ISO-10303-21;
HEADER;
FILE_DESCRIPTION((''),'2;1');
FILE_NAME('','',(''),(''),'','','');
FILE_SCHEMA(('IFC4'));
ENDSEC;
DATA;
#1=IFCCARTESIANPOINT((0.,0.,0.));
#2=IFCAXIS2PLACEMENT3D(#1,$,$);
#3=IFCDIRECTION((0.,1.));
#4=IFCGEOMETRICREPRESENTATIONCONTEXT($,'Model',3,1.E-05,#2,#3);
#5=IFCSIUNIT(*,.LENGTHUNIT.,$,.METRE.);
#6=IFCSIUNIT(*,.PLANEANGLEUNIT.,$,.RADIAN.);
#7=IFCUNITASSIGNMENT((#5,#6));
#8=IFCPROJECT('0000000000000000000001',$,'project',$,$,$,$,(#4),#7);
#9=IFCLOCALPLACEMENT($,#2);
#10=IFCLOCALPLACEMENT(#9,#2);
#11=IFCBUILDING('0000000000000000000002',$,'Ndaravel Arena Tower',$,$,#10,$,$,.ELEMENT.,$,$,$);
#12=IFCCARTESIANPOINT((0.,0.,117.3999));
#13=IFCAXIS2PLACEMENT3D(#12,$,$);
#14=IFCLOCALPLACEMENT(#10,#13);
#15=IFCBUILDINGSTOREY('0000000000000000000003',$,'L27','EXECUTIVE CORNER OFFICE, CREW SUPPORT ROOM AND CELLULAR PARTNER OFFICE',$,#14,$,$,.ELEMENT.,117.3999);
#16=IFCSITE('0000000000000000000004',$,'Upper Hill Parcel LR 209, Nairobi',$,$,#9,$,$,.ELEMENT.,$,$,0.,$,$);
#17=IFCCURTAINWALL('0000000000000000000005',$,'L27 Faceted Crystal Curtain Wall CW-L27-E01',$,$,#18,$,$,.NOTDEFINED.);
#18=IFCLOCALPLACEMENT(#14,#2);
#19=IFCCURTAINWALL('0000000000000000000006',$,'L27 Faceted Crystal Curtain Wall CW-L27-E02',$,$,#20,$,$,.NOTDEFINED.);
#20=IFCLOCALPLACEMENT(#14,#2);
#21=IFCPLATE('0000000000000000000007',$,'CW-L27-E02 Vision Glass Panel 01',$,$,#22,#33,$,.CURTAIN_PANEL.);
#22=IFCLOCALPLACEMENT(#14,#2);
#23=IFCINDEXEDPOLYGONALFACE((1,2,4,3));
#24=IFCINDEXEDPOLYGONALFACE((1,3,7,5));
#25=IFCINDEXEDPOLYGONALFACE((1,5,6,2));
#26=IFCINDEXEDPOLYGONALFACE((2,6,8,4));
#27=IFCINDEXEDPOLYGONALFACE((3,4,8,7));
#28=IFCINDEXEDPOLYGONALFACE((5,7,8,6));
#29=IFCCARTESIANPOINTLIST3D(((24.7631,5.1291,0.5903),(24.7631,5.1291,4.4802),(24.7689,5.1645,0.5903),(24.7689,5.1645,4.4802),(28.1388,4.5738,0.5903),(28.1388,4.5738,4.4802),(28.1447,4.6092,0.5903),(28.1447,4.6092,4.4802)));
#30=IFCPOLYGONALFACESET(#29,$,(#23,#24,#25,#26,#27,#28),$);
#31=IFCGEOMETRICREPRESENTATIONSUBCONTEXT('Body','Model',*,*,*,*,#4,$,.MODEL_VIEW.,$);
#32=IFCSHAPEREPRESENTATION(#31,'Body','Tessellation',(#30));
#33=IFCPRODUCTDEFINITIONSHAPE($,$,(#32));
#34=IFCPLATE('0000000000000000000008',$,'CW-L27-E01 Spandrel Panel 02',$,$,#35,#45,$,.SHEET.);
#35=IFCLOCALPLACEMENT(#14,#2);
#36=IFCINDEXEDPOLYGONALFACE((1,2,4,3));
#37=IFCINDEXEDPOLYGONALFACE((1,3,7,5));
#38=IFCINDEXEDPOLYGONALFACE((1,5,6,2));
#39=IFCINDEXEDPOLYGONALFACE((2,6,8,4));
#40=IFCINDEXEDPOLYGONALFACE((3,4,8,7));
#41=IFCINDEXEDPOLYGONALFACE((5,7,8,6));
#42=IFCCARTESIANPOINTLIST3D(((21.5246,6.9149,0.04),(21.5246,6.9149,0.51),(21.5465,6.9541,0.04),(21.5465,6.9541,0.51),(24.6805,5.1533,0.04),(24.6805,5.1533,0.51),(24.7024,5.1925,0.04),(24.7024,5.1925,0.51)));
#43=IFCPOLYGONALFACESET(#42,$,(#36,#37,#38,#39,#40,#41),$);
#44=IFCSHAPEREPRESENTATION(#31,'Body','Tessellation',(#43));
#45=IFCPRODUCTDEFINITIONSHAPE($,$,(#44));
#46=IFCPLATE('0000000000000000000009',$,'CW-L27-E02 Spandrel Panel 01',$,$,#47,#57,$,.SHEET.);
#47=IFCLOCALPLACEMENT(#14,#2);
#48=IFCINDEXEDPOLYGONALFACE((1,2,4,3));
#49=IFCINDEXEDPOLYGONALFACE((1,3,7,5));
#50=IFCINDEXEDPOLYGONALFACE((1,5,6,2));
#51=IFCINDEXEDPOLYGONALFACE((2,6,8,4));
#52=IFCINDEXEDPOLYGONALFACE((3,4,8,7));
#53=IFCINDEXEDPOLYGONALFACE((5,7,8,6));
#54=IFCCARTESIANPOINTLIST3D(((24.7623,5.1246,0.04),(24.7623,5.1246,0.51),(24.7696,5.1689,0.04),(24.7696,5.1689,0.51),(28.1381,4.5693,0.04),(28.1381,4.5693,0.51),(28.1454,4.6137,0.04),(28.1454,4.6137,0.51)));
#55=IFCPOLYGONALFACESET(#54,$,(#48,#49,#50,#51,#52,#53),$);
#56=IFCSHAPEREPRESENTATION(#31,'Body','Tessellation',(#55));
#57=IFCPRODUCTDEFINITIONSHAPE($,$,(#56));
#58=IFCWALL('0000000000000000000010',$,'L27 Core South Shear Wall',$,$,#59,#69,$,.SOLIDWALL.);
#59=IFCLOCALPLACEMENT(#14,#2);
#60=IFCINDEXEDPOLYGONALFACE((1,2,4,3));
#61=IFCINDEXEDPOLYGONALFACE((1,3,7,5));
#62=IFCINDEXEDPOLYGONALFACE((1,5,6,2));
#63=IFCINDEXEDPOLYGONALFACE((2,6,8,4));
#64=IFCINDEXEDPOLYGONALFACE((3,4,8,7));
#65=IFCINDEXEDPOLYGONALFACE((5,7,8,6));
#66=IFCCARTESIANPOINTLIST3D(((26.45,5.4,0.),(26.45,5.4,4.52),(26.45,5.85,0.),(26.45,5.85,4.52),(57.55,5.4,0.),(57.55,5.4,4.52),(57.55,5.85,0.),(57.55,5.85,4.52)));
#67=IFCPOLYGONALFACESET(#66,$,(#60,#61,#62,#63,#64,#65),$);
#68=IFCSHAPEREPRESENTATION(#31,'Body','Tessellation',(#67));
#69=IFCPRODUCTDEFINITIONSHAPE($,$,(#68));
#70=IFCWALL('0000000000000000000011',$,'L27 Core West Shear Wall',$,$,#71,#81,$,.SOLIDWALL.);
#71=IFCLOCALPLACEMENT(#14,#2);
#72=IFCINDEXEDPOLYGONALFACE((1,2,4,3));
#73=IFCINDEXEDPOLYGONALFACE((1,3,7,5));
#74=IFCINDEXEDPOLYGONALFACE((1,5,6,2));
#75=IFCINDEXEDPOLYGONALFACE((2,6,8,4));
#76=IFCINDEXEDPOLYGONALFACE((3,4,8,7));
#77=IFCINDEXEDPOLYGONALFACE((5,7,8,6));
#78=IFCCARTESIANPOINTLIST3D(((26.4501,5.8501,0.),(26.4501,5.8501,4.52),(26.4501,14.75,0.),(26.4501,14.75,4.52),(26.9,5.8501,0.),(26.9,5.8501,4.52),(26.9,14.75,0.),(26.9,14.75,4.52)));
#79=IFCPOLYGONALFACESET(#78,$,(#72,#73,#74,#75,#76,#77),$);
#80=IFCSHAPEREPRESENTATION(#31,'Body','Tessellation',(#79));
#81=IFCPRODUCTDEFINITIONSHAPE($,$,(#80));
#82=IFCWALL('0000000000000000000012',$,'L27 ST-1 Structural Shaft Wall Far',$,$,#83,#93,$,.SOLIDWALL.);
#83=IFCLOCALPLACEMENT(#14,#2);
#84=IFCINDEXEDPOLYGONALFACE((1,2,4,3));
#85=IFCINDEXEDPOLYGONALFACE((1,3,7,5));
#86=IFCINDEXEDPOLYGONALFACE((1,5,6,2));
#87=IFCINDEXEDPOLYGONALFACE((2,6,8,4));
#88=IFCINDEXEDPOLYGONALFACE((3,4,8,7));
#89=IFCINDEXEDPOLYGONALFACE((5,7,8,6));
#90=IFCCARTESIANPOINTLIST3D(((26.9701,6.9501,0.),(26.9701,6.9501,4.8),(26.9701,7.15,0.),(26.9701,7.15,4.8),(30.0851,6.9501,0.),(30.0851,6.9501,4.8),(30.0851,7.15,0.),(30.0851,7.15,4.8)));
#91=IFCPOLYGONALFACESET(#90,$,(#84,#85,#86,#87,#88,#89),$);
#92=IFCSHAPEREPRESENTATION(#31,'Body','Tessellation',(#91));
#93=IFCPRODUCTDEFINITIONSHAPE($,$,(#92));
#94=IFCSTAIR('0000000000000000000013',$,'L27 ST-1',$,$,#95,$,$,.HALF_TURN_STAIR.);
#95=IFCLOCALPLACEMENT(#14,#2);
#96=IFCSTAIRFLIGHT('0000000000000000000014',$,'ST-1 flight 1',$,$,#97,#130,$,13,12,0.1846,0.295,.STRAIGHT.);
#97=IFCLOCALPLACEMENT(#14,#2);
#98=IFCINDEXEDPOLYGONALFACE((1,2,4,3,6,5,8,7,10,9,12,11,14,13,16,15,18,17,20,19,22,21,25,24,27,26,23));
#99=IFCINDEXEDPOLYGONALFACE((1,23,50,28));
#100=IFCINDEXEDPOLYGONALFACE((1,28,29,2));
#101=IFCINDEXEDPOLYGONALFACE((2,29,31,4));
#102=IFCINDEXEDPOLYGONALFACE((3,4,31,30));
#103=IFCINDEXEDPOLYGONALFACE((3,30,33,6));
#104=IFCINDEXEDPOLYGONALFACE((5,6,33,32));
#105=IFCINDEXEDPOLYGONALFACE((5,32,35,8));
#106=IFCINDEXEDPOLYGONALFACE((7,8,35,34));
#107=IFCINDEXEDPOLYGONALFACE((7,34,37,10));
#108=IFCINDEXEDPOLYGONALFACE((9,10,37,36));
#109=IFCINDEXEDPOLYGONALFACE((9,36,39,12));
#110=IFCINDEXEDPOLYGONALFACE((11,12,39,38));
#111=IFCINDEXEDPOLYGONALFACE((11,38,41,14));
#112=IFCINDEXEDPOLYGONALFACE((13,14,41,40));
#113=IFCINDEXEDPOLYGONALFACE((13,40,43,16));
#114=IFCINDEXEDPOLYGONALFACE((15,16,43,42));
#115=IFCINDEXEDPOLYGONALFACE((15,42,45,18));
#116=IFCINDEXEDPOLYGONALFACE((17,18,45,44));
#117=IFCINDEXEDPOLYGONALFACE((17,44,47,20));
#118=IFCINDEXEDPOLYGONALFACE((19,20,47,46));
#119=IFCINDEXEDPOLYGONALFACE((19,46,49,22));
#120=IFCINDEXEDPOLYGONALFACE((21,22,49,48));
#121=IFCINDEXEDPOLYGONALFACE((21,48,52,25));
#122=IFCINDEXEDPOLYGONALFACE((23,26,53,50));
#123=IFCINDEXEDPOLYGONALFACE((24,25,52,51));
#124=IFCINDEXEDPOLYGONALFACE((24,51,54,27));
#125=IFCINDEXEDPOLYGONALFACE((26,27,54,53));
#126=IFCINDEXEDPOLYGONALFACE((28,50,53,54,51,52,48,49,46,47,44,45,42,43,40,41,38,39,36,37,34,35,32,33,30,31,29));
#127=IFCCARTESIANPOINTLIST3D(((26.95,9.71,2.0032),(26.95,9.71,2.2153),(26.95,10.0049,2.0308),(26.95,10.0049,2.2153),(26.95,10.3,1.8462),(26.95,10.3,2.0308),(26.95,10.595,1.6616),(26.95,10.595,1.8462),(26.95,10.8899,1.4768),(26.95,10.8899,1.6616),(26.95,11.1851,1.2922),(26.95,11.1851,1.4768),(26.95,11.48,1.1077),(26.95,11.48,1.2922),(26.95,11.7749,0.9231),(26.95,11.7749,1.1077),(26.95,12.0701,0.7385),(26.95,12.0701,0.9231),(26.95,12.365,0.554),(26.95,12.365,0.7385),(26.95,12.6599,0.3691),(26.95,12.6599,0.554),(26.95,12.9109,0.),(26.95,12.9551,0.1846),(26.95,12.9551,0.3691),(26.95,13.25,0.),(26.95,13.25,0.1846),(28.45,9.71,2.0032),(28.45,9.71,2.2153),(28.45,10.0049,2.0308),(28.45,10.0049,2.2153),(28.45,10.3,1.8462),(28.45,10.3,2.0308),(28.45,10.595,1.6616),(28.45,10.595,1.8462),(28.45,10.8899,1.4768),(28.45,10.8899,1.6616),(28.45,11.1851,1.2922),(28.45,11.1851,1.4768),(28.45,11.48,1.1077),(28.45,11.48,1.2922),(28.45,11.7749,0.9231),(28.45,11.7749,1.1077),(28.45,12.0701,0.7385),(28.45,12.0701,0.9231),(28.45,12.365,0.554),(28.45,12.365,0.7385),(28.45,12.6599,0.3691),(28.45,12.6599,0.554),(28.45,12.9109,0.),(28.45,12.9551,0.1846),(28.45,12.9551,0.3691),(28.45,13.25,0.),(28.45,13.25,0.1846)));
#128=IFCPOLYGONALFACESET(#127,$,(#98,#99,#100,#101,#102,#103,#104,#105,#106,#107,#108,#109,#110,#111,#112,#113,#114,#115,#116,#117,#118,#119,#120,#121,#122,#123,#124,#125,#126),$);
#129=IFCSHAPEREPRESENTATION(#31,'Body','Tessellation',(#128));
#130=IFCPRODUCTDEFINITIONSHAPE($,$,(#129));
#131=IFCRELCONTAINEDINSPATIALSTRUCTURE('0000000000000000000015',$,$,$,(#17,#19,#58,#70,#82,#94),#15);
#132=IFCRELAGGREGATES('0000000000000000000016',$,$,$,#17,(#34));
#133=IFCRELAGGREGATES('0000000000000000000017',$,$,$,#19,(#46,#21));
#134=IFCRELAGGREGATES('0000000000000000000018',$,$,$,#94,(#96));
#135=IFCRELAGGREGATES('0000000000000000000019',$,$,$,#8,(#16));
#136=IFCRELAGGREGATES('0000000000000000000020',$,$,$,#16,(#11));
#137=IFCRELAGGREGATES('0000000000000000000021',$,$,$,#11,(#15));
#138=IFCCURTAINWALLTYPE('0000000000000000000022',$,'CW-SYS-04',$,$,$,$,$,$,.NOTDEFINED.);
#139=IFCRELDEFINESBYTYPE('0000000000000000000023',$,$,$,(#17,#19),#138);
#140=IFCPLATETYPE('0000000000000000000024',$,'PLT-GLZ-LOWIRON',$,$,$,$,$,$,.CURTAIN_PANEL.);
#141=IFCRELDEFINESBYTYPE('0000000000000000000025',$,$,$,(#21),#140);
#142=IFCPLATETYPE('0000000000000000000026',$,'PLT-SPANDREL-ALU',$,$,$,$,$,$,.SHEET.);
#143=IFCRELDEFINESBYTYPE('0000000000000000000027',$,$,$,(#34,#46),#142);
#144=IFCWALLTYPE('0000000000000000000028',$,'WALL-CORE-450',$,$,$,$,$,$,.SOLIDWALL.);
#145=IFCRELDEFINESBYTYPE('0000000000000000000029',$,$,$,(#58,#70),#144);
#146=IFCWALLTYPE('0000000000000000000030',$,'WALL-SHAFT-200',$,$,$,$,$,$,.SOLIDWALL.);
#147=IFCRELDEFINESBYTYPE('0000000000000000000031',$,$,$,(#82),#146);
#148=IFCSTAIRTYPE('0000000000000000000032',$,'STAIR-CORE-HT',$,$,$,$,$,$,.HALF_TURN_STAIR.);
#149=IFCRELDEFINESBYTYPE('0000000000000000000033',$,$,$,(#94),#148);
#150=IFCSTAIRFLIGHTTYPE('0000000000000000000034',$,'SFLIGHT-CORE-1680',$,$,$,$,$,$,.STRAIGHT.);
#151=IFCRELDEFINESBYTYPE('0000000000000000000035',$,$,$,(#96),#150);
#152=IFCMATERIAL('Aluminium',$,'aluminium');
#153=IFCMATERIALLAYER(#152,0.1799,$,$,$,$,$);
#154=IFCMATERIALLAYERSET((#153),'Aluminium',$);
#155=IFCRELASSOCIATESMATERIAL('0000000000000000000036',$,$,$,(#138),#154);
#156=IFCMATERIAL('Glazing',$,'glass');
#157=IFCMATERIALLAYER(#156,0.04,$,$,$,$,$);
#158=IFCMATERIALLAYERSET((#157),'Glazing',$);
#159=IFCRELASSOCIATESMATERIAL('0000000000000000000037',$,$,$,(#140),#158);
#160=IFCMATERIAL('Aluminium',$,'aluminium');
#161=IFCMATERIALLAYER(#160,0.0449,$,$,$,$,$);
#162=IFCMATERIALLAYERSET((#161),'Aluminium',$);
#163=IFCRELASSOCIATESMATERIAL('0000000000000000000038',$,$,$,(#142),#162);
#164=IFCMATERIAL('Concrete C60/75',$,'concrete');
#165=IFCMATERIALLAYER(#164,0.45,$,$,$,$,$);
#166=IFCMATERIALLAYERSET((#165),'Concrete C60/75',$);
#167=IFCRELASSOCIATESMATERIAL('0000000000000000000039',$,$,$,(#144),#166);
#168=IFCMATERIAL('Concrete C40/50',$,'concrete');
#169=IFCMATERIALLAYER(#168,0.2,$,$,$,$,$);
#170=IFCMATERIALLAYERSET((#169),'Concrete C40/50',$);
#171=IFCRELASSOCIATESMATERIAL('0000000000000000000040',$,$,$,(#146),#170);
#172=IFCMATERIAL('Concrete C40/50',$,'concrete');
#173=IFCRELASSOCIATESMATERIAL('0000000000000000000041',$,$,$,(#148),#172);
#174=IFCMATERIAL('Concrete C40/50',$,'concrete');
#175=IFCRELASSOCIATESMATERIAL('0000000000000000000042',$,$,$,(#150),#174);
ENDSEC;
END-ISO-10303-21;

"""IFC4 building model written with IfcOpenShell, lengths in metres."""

from ifc_helpers import new_model, si_unit, direction, frame, frame_2d, origin, origin_2d, place, context, subcontext, project, spatial, polyline, rectangle, outline, extrude, material, layer, layer_set, type_object, element, aggregate, save


model = new_model("IFC4")

# Units and contexts
model_context = context("Model", 3, precision=1e-05, world=origin(), true_north=direction((0.0, 1.0)))
body_context = subcontext(model_context, "Body", "Model", "MODEL_VIEW")
ifc_project = project(units=[si_unit("LENGTHUNIT", "METRE"), si_unit("PLANEANGLEUNIT", "RADIAN")], contexts=[model_context])

# Site, building, storey
site_placement = place(None, origin())
site = spatial("IfcSite", under=ifc_project, at=site_placement, Name="Upper Hill Parcel LR 209, Nairobi", CompositionType="ELEMENT", RefElevation=0.0)
building_placement = place(site_placement, origin())
building = spatial("IfcBuilding", under=site, at=building_placement, Name="Ndaravel Arena Tower", CompositionType="ELEMENT")
storey_placement = place(building_placement, frame((0.0, 0.0, 117.3999)))
storey = spatial("IfcBuildingStorey", under=building, at=storey_placement, Name="L27", Description="EXECUTIVE CORNER OFFICE, CREW SUPPORT ROOM AND CELLULAR PARTNER OFFICE", CompositionType="ELEMENT", Elevation=117.3999)

# Curtain wall
ifc_material_1 = material(Name="Aluminium", Category="aluminium")
ifc_layer_1 = layer(ifc_material_1, 0.1799)
ifc_layer_set_1 = layer_set([ifc_layer_1], Name="Aluminium")
curtain_wall_type = type_object("IfcCurtainWallType", Name="CW-SYS-04", PredefinedType="NOTDEFINED", material=ifc_layer_set_1)
curtain_wall_1_placement = place(storey_placement, origin())
curtain_wall_1 = element("IfcCurtainWall", 1, at=curtain_wall_1_placement, inside=storey, type_object=curtain_wall_type, Name="L27 Faceted Crystal Curtain Wall CW-L27-E01", PredefinedType="NOTDEFINED")

# Curtain wall
curtain_wall_2_placement = place(storey_placement, origin())
curtain_wall_2 = element("IfcCurtainWall", 2, at=curtain_wall_2_placement, inside=storey, type_object=curtain_wall_type, Name="L27 Faceted Crystal Curtain Wall CW-L27-E02", PredefinedType="NOTDEFINED")

# Plates
ifc_material_2 = material(Name="Glazing", Category="glass")
ifc_layer_2 = layer(ifc_material_2, 0.04)
ifc_layer_set_2 = layer_set([ifc_layer_2], Name="Glazing")
plate_type_1 = type_object("IfcPlateType", Name="PLT-GLZ-LOWIRON", PredefinedType="CURTAIN_PANEL", material=ifc_layer_set_2)
plate_1_placement = place(storey_placement, frame((26.4539, 4.8691, 0.5903), z_axis=(0.0, 0.0, 1.0), x_axis=(0.98674, -0.16231, 0.0)))
plate_1 = element("IfcPlate", 3, at=plate_1_placement, type_object=plate_type_1, Name="CW-L27-E02 Vision Glass Panel 01", PredefinedType="CURTAIN_PANEL", context=body_context, shape_type="SweptSolid", body=[
    extrude(rectangle(XDim=3.4211, YDim=0.0359, at=origin_2d()), origin(), (0.0, 0.0, 1.0), 3.8899),
])
ifc_material_3 = material(Name="Aluminium", Category="aluminium")
ifc_layer_3 = layer(ifc_material_3, 0.0449)
ifc_layer_set_3 = layer_set([ifc_layer_3], Name="Aluminium")
plate_type_2 = type_object("IfcPlateType", Name="PLT-SPANDREL-ALU", PredefinedType="SHEET", material=ifc_layer_set_3)
plate_2_placement = place(storey_placement, frame((23.1135, 6.0537, 0.04), z_axis=(0.0, 0.0, 1.0), x_axis=(0.873177, -0.487403, 0.0)))
plate_2 = element("IfcPlate", 4, at=plate_2_placement, type_object=plate_type_2, Name="CW-L27-E01 Spandrel Panel 02", PredefinedType="SHEET", context=body_context, shape_type="SweptSolid", body=[
    extrude(rectangle(XDim=3.6143, YDim=0.0449, at=origin_2d()), origin(), (0.0, 0.0, 1.0), 0.47),
])
aggregate(curtain_wall_1, [plate_2])
plate_3_placement = place(storey_placement, frame((26.4539, 4.8691, 0.04), z_axis=(0.0, 0.0, 1.0), x_axis=(0.98674, -0.16231, 0.0)))
plate_3 = element("IfcPlate", 5, at=plate_3_placement, type_object=plate_type_2, Name="CW-L27-E02 Spandrel Panel 01", PredefinedType="SHEET", context=body_context, shape_type="SweptSolid", body=[
    extrude(rectangle(XDim=3.4211, YDim=0.0449, at=origin_2d()), origin(), (0.0, 0.0, 1.0), 0.47),
])
aggregate(curtain_wall_2, [plate_3, plate_1])

# Walls
ifc_material_4 = material(Name="Concrete C60/75", Category="concrete")
ifc_layer_4 = layer(ifc_material_4, 0.45)
ifc_layer_set_4 = layer_set([ifc_layer_4], Name="Concrete C60/75")
wall_type_1 = type_object("IfcWallType", Name="WALL-CORE-450", PredefinedType="SOLIDWALL", material=ifc_layer_set_4)
wall_1_placement = place(storey_placement, frame((26.45, 5.625, 0.0), z_axis=(0.0, 0.0, 1.0), x_axis=(1.0, 0.0, 0.0)))
element("IfcWall", 6, at=wall_1_placement, inside=storey, type_object=wall_type_1, Name="L27 Core South Shear Wall", PredefinedType="SOLIDWALL", context=body_context, shape_type="SweptSolid", body=[
    extrude(rectangle(XDim=31.1001, YDim=0.45, at=frame_2d((15.55, 0.0))), origin(), (0.0, 0.0, 1.0), 4.52),
])
wall_2_placement = place(storey_placement, frame((26.675, 5.8501, 0.0), z_axis=(0.0, 0.0, 1.0), x_axis=(0.0, 1.0, 0.0)))
element("IfcWall", 7, at=wall_2_placement, inside=storey, type_object=wall_type_1, Name="L27 Core West Shear Wall", PredefinedType="SOLIDWALL", context=body_context, shape_type="SweptSolid", body=[
    extrude(rectangle(XDim=8.8999, YDim=0.45, at=frame_2d((4.45, 0.0))), origin(), (0.0, 0.0, 1.0), 4.52),
])
ifc_material_5 = material(Name="Concrete C40/50", Category="concrete")
ifc_layer_5 = layer(ifc_material_5, 0.2)
ifc_layer_set_5 = layer_set([ifc_layer_5], Name="Concrete C40/50")
wall_type_2 = type_object("IfcWallType", Name="WALL-SHAFT-200", PredefinedType="SOLIDWALL", material=ifc_layer_set_5)
wall_3_placement = place(storey_placement, frame((26.97, 7.05, 0.0), z_axis=(0.0, 0.0, 1.0), x_axis=(1.0, 0.0, 0.0)))
element("IfcWall", 8, at=wall_3_placement, inside=storey, type_object=wall_type_2, Name="L27 ST-1 Structural Shaft Wall Far", PredefinedType="SOLIDWALL", context=body_context, shape_type="SweptSolid", body=[
    extrude(rectangle(XDim=3.115, YDim=0.2, at=frame_2d((1.5576, 0.0))), origin(), (0.0, 0.0, 1.0), 4.8),
])

# Stair, stair flight
ifc_material_6 = material(Name="Concrete C40/50", Category="concrete")
stair_type = type_object("IfcStairType", Name="STAIR-CORE-HT", PredefinedType="HALF_TURN_STAIR", material=ifc_material_6)
stair_placement = place(storey_placement, origin())
stair = element("IfcStair", 9, at=stair_placement, inside=storey, type_object=stair_type, Name="L27 ST-1", PredefinedType="HALF_TURN_STAIR")
ifc_material_7 = material(Name="Concrete C40/50", Category="concrete")
stair_flight_type = type_object("IfcStairFlightType", Name="SFLIGHT-CORE-1680", PredefinedType="STRAIGHT", material=ifc_material_7)
stair_flight_placement = place(storey_placement, frame((27.7, 13.25, 0.0), z_axis=(0.0, 0.0, 1.0), x_axis=(0.0, -1.0, 0.0)))
stair_flight = element("IfcStairFlight", 10, at=stair_flight_placement, type_object=stair_flight_type, Name="ST-1 flight 1", NumberOfRisers=13, NumberOfTreads=12, PredefinedType="STRAIGHT", RiserHeight=0.1846, TreadLength=0.295, context=body_context, shape_type="SweptSolid", body=[
    extrude(outline(polyline([(0.0, 0.0), (0.0, 0.1846), (0.2949, 0.1846), (0.2949, 0.3691), (0.5901, 0.3691), (0.5901, 0.554), (0.885, 0.554), (0.885, 0.7385), (1.1799, 0.7385), (1.1799, 0.9231), (1.4751, 0.9231), (1.4751, 1.1077), (1.77, 1.1077), (1.77, 1.2922), (2.0649, 1.2922), (2.0649, 1.4768), (2.3601, 1.4768), (2.3601, 1.6616), (2.655, 1.6616), (2.655, 1.8462), (2.95, 1.8462), (2.95, 2.0308), (3.2451, 2.0308), (3.2451, 2.2153), (3.54, 2.2153), (3.54, 2.3999), (3.54, 2.0032), (0.3391, 0.0), (0.0, 0.0)])), frame((0.0, 0.75, 0.0), z_axis=(0.0, -1.0, 0.0), x_axis=(1.0, 0.0, 0.0)), (0.0, 0.0, 1.0), 1.5),
])
aggregate(stair, [stair_flight])

save(model, "model.ifc")
